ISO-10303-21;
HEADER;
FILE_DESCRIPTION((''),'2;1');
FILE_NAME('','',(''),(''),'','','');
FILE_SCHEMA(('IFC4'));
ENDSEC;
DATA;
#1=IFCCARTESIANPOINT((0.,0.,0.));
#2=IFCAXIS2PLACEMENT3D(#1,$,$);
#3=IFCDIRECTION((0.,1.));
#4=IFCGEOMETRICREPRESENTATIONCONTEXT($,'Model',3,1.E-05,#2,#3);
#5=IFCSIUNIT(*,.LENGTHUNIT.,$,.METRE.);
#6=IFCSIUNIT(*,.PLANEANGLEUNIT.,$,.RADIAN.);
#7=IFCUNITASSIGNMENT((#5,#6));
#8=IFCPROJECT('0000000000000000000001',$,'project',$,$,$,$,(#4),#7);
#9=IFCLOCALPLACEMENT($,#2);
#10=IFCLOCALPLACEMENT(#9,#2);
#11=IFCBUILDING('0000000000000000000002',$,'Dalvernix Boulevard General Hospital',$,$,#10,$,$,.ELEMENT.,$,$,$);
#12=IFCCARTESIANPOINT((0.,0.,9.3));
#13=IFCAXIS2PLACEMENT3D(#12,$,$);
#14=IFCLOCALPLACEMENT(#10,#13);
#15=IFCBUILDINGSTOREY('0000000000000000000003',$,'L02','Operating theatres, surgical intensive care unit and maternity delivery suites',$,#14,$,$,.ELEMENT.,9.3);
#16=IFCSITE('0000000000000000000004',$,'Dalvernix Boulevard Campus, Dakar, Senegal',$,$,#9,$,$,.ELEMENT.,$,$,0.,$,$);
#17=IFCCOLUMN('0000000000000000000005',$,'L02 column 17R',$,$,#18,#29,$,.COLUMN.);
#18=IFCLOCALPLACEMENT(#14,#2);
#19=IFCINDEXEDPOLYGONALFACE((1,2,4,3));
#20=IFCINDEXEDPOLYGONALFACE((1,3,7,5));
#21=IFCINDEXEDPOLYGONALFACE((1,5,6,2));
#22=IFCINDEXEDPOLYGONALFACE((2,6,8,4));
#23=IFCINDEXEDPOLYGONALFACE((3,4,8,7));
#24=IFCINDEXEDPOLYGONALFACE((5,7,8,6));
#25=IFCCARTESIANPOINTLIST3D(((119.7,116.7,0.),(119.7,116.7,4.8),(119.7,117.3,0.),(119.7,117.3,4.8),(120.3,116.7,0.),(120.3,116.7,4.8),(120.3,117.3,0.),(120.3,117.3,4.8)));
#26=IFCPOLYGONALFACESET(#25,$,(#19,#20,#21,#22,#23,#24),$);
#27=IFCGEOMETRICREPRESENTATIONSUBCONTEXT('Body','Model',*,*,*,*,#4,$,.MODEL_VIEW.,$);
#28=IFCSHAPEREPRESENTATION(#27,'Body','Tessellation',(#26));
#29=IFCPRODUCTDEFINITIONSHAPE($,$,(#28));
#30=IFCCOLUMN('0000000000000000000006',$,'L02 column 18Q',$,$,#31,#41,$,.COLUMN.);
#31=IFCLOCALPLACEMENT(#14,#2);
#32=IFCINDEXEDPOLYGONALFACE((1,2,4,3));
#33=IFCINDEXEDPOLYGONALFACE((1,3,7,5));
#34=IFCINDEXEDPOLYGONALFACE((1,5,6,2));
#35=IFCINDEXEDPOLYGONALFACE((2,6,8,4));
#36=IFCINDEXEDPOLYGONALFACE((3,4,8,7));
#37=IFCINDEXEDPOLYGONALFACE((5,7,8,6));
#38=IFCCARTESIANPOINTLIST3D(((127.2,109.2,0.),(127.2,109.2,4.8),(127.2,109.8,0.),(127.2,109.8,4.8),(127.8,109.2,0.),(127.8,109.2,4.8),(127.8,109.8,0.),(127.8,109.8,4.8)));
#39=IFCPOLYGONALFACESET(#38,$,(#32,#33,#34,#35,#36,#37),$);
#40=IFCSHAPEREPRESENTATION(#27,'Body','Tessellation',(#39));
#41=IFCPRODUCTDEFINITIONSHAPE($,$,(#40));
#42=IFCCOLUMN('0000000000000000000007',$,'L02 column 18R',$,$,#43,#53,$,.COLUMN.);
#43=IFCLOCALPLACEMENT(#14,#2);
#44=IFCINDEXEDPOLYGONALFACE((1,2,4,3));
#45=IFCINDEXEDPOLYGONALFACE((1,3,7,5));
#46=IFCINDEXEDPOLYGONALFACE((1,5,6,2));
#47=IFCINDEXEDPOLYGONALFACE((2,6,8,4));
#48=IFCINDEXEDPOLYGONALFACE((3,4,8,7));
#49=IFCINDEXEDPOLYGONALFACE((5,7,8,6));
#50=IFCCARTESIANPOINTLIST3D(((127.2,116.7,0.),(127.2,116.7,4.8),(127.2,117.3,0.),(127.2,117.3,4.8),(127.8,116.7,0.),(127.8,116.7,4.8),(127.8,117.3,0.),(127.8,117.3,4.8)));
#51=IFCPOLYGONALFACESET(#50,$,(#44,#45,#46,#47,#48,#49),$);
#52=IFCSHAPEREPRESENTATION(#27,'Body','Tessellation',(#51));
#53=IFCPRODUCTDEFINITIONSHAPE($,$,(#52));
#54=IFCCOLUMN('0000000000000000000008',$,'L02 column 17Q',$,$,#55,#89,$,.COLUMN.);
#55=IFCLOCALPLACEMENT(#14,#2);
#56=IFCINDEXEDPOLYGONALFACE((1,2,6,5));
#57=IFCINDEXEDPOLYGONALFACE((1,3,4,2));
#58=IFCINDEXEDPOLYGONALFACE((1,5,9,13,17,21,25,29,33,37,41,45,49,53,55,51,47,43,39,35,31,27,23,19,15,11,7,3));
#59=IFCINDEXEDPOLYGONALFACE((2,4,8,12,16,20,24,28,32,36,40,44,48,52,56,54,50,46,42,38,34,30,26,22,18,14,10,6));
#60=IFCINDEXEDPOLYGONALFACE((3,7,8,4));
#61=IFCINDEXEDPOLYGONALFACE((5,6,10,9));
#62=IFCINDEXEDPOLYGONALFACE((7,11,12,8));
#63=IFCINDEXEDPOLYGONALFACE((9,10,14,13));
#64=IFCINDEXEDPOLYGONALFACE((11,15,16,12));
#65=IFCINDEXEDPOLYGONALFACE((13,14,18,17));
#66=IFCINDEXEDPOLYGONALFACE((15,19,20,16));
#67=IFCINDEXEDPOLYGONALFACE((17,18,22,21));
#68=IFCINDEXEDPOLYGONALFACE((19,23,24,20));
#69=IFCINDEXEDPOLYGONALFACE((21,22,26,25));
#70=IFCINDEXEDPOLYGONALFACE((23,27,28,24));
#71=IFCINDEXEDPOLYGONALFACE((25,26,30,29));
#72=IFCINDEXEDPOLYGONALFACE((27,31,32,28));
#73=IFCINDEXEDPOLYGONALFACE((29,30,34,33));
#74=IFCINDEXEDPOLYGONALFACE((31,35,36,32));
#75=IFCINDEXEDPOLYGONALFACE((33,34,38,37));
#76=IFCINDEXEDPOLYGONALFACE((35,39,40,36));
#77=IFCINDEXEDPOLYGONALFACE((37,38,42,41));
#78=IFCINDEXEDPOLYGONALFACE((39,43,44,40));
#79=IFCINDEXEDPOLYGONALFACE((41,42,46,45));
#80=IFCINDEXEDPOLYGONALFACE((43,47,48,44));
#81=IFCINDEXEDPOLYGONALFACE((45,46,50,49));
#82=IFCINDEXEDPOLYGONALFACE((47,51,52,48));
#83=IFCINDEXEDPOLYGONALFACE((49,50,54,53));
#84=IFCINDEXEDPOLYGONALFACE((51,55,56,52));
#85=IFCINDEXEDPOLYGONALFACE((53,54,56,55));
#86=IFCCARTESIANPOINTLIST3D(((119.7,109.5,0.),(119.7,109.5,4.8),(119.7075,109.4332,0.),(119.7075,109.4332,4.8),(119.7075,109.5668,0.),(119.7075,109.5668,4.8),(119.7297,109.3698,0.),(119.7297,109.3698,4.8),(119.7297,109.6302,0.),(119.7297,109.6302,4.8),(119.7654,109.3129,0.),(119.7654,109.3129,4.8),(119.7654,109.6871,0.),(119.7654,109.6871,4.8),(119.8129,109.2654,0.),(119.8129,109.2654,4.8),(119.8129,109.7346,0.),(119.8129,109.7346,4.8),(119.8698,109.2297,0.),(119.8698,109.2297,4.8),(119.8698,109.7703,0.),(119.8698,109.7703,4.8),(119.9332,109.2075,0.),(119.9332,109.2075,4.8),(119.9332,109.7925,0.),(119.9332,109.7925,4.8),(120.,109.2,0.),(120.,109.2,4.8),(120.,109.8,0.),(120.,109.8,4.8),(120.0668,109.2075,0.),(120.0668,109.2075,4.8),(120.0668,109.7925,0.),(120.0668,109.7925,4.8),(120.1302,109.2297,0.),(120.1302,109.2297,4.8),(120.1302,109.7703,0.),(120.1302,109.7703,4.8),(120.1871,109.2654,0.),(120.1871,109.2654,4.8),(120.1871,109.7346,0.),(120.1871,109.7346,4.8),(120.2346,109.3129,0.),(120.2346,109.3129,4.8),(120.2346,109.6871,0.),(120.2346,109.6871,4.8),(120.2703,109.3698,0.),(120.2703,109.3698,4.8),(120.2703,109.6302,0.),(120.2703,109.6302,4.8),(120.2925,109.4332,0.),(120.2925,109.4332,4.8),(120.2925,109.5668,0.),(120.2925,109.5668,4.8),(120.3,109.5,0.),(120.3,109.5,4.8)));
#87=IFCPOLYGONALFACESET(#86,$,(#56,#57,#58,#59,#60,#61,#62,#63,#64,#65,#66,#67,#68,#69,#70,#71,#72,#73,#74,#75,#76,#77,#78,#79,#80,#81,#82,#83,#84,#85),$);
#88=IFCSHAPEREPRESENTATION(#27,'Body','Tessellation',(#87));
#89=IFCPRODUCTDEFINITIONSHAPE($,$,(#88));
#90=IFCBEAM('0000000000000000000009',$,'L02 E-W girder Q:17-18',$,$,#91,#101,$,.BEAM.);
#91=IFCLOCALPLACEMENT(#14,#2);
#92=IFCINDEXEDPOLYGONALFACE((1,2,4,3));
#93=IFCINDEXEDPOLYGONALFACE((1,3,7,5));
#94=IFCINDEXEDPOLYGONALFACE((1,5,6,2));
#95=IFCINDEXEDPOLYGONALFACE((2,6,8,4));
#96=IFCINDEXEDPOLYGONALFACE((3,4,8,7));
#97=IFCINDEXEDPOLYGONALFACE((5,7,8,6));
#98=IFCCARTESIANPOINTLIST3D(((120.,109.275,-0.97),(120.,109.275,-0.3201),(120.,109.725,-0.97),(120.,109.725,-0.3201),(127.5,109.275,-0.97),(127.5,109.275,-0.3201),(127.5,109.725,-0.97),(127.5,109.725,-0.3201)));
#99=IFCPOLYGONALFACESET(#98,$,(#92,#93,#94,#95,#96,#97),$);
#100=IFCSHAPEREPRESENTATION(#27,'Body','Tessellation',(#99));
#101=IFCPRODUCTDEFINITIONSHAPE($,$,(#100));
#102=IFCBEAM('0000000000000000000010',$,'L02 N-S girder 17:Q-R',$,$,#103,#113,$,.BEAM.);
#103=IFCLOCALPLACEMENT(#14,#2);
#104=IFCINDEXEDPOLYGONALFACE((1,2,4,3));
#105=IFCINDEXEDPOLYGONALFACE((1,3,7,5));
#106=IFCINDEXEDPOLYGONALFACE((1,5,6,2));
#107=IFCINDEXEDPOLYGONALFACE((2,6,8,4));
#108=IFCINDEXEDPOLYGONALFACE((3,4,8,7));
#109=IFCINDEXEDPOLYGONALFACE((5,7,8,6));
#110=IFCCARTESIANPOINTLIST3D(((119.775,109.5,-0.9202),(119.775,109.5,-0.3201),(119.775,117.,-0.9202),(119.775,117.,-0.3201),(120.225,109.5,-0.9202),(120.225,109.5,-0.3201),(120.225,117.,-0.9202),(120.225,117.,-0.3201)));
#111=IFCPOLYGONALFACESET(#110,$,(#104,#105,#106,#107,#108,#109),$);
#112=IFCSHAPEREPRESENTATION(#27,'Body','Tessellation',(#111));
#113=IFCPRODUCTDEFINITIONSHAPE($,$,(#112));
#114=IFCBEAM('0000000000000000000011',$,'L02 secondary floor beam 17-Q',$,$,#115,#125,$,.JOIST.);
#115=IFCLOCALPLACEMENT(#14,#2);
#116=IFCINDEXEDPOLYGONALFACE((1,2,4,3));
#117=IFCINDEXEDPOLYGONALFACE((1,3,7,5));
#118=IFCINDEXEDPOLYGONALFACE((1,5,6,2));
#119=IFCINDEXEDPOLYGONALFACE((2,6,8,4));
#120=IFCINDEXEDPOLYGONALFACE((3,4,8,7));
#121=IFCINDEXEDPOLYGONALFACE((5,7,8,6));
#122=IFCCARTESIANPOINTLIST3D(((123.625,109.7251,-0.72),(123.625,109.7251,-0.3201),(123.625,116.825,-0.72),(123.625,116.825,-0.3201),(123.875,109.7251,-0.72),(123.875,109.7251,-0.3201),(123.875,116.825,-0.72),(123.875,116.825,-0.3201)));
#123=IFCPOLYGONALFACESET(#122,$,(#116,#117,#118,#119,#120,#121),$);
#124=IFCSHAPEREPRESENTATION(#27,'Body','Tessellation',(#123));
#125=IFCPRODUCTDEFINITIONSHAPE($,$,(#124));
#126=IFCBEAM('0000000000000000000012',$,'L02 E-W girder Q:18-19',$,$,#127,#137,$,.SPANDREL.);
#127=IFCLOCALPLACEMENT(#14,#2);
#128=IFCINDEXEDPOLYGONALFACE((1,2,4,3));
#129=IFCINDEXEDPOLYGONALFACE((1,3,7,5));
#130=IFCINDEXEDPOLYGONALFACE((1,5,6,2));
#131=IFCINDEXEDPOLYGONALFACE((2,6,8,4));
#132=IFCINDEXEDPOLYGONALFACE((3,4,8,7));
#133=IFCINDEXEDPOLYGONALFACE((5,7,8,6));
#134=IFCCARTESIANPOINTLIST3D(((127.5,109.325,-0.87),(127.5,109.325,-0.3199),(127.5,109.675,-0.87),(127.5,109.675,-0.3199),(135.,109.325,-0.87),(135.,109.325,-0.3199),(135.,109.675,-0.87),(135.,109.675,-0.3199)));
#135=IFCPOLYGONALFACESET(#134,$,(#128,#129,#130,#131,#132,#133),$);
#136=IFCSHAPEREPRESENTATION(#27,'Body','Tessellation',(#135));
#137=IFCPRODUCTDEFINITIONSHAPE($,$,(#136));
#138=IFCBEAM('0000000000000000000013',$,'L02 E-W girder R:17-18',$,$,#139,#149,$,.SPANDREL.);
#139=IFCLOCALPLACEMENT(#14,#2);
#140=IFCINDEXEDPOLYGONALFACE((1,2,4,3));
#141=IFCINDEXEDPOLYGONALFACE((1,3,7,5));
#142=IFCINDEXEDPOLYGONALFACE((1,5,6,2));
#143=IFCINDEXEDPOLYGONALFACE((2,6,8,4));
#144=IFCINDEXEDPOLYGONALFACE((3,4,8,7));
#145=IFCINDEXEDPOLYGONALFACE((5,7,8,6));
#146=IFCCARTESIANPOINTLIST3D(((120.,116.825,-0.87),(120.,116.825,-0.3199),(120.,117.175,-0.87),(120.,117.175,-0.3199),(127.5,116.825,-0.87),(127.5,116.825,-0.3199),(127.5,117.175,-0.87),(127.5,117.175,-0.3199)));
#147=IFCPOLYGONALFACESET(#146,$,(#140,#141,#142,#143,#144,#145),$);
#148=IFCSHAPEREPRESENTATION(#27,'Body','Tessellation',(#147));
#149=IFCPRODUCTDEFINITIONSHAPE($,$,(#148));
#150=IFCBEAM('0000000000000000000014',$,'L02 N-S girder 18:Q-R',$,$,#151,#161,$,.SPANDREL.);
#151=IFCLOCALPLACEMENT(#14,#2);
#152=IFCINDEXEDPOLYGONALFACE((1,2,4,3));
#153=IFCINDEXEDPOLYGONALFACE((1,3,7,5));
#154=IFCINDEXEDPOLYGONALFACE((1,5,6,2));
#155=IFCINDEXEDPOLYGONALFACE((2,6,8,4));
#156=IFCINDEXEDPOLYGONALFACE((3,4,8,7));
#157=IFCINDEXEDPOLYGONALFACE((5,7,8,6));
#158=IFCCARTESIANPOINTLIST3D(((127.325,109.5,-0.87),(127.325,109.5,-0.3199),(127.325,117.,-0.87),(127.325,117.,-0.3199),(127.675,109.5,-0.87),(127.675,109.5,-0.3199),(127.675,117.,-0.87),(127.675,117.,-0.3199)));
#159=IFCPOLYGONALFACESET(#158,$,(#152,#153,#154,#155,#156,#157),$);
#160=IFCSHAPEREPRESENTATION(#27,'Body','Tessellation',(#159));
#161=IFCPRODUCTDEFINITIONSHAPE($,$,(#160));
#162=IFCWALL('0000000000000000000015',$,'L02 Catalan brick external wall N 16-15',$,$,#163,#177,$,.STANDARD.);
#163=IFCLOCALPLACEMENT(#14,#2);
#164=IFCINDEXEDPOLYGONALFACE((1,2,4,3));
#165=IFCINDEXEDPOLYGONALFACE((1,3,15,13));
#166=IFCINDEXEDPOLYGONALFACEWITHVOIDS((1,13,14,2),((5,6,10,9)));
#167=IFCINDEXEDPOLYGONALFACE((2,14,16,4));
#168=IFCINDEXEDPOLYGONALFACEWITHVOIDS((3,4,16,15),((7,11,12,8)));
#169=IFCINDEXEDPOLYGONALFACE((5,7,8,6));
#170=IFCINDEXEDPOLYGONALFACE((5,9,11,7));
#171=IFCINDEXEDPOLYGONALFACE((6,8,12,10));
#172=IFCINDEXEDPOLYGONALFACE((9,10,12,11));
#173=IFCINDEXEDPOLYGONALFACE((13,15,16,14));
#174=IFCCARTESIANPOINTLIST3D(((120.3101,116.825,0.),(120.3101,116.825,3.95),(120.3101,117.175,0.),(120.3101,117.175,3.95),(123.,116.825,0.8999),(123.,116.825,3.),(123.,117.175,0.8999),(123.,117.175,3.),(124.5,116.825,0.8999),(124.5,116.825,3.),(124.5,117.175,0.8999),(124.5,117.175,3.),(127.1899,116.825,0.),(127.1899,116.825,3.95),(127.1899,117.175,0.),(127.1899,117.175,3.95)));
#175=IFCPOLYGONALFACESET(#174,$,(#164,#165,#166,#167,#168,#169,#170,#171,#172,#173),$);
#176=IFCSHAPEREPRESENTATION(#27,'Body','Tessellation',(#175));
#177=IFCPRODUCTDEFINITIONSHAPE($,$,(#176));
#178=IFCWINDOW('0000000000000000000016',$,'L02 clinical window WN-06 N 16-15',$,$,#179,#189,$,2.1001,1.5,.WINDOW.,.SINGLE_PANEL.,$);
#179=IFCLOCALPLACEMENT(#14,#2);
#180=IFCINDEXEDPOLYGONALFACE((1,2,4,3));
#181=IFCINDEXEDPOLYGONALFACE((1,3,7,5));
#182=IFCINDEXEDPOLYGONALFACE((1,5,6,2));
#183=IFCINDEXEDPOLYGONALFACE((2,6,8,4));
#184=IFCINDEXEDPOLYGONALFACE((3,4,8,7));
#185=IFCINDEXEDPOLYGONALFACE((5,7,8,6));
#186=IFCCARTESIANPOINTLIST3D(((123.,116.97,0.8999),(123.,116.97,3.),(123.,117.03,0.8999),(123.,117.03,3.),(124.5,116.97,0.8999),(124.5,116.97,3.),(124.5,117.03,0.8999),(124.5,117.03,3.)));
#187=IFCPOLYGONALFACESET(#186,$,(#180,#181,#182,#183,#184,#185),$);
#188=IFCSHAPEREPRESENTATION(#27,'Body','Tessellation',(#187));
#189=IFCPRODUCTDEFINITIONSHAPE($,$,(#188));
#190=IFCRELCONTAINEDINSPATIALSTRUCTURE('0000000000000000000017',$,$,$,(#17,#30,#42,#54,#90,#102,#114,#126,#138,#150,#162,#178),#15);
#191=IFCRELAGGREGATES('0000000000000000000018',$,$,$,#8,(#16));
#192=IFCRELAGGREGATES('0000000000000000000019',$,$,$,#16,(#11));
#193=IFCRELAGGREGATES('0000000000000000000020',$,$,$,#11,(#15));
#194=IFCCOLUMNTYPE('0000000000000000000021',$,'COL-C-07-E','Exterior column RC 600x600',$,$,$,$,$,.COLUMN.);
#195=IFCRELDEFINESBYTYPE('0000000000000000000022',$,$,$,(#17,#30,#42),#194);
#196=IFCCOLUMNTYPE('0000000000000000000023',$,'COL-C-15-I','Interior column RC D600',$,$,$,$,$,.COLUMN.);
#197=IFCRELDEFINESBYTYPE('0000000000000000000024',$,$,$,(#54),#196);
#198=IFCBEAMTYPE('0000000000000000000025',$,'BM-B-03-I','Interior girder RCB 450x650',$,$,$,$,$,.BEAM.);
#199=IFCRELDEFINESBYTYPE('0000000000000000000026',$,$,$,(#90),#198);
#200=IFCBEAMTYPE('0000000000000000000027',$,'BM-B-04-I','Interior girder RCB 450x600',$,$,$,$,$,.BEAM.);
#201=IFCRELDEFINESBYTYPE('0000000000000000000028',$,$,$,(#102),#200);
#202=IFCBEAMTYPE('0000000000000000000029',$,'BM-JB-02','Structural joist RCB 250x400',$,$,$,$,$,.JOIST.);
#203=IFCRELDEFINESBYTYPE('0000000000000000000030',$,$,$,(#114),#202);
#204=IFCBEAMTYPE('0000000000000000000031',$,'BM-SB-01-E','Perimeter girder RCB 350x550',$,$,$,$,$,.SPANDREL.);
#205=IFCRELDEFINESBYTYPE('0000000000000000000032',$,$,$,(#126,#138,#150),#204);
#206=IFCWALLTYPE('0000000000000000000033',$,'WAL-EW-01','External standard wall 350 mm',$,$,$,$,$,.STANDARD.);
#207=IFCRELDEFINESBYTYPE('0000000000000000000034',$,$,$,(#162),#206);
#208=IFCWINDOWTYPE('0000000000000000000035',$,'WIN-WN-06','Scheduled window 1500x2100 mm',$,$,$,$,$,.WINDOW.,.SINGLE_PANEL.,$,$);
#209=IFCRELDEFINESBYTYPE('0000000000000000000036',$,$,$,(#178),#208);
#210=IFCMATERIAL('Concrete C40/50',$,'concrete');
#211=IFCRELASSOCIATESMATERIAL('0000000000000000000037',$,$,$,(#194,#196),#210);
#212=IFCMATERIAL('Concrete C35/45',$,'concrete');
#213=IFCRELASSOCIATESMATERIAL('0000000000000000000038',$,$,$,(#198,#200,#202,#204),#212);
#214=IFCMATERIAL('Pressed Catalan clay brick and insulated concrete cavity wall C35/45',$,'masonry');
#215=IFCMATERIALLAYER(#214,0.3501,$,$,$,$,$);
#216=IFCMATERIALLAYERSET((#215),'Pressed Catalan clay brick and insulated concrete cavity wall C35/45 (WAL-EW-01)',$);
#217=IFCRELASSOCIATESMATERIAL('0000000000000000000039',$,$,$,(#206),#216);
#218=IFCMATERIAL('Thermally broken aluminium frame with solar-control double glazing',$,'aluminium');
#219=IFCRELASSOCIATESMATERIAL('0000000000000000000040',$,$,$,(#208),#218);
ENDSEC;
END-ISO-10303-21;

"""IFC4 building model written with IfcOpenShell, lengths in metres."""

from ifc_helpers import new_model, si_unit, direction, frame, frame_2d, origin, origin_2d, place, context, subcontext, project, spatial, rectangle, circle, extrude, material, layer, layer_set, material_profile, profile_set, type_object, element, fill, save


model = new_model("IFC4")

# Units and contexts
model_context = context("Model", 3, precision=1e-05, world=origin(), true_north=direction((0.0, 1.0)))
body_context = subcontext(model_context, "Body", "Model", "MODEL_VIEW")
ifc_project = project(units=[si_unit("LENGTHUNIT", "METRE"), si_unit("PLANEANGLEUNIT", "RADIAN")], contexts=[model_context])

# Site, building, storey
site_placement = place(None, origin())
site = spatial("IfcSite", under=ifc_project, at=site_placement, Name="Dalvernix Boulevard Campus, Dakar, Senegal", CompositionType="ELEMENT", RefElevation=0.0)
building_placement = place(site_placement, origin())
building = spatial("IfcBuilding", under=site, at=building_placement, Name="Dalvernix Boulevard General Hospital", CompositionType="ELEMENT")
storey_placement = place(building_placement, frame((0.0, 0.0, 9.3)))
storey = spatial("IfcBuildingStorey", under=building, at=storey_placement, Name="L02", Description="Operating theatres, surgical intensive care unit and maternity delivery suites", CompositionType="ELEMENT", Elevation=9.3)

# Columns
ifc_material_1 = material(Name="Concrete C40/50", Category="concrete")
ifc_material_profile_1 = material_profile(ifc_material_1, rectangle(XDim=0.6001, YDim=0.6001, at=origin_2d()), Name="RC 600x600")
ifc_profile_set_1 = profile_set([ifc_material_profile_1], Name="Concrete C40/50")
column_type_1 = type_object("IfcColumnType", Name="COL-C-07-E", Description="Exterior column RC 600x600", PredefinedType="COLUMN", material=ifc_profile_set_1)
for number, where, z_axis, x_axis, name in (
    (1, (120.0, 117.0, 0.0), (0.0, 0.0, 1.0), (1.0, 0.0, 0.0), "L02 column 17R"),
    (2, (127.5, 109.5, 0.0), (0.0, 0.0, 1.0), (1.0, 0.0, 0.0), "L02 column 18Q"),
    (3, (127.5, 117.0, 0.0), (0.0, 0.0, 1.0), (1.0, 0.0, 0.0), "L02 column 18R"),
):
    element("IfcColumn", number, at=place(storey_placement, frame(where, z_axis=z_axis, x_axis=x_axis)), inside=storey, type_object=column_type_1, Name=name, PredefinedType="COLUMN", context=body_context, shape_type="SweptSolid", body=[
        extrude(rectangle(XDim=0.6001, YDim=0.6001, at=origin_2d()), origin(), (0.0, 0.0, 1.0), 4.8),
    ])
ifc_material_profile_2 = material_profile(ifc_material_1, circle(Radius=0.3, at=origin_2d()), Name="RC D600")
ifc_profile_set_2 = profile_set([ifc_material_profile_2], Name="Concrete C40/50")
column_type_2 = type_object("IfcColumnType", Name="COL-C-15-I", Description="Interior column RC D600", PredefinedType="COLUMN", material=ifc_profile_set_2)
column_placement = place(storey_placement, frame((120.0, 109.5, 0.0), z_axis=(0.0, 0.0, 1.0), x_axis=(1.0, 0.0, 0.0)))
element("IfcColumn", 4, at=column_placement, inside=storey, type_object=column_type_2, Name="L02 column 17Q", PredefinedType="COLUMN", context=body_context, shape_type="SweptSolid", body=[
    extrude(circle(Radius=0.3, at=origin_2d()), origin(), (0.0, 0.0, 1.0), 4.8),
])

# Beams
ifc_material_2 = material(Name="Concrete C35/45", Category="concrete")
ifc_material_profile_3 = material_profile(ifc_material_2, rectangle(XDim=0.45, YDim=0.6499, at=origin_2d()), Name="RCB 450x650")
ifc_profile_set_3 = profile_set([ifc_material_profile_3], Name="Concrete C35/45")
beam_type_1 = type_object("IfcBeamType", Name="BM-B-03-I", Description="Interior girder RCB 450x650", PredefinedType="BEAM", material=ifc_profile_set_3)
beam_1_placement = place(storey_placement, frame((120.0, 109.5, -0.645), z_axis=(1.0, 0.0, 0.0), x_axis=(0.0, 1.0, 0.0)))
element("IfcBeam", 5, at=beam_1_placement, inside=storey, type_object=beam_type_1, Name="L02 E-W girder Q:17-18", PredefinedType="BEAM", context=body_context, shape_type="SweptSolid", body=[
    extrude(rectangle(XDim=0.45, YDim=0.6499, at=origin_2d()), origin(), (0.0, 0.0, 1.0), 7.5),
])
ifc_material_profile_4 = material_profile(ifc_material_2, rectangle(XDim=0.45, YDim=0.6001, at=origin_2d()), Name="RCB 450x600")
ifc_profile_set_4 = profile_set([ifc_material_profile_4], Name="Concrete C35/45")
beam_type_2 = type_object("IfcBeamType", Name="BM-B-04-I", Description="Interior girder RCB 450x600", PredefinedType="BEAM", material=ifc_profile_set_4)
beam_2_placement = place(storey_placement, frame((120.0, 109.5, -0.6201), z_axis=(0.0, 1.0, 0.0), x_axis=(-1.0, 0.0, 0.0)))
element("IfcBeam", 6, at=beam_2_placement, inside=storey, type_object=beam_type_2, Name="L02 N-S girder 17:Q-R", PredefinedType="BEAM", context=body_context, shape_type="SweptSolid", body=[
    extrude(rectangle(XDim=0.45, YDim=0.6001, at=origin_2d()), origin(), (0.0, 0.0, 1.0), 7.5),
])
ifc_material_profile_5 = material_profile(ifc_material_2, rectangle(XDim=0.25, YDim=0.3999, at=origin_2d()), Name="RCB 250x400")
ifc_profile_set_5 = profile_set([ifc_material_profile_5], Name="Concrete C35/45")
beam_type_3 = type_object("IfcBeamType", Name="BM-JB-02", Description="Structural joist RCB 250x400", PredefinedType="JOIST", material=ifc_profile_set_5)
beam_3_placement = place(storey_placement, frame((123.75, 109.7251, -0.52), z_axis=(0.0, 1.0, 0.0), x_axis=(-1.0, 0.0, 0.0)))
element("IfcBeam", 7, at=beam_3_placement, inside=storey, type_object=beam_type_3, Name="L02 secondary floor beam 17-Q", PredefinedType="JOIST", context=body_context, shape_type="SweptSolid", body=[
    extrude(rectangle(XDim=0.25, YDim=0.3999, at=origin_2d()), origin(), (0.0, 0.0, 1.0), 7.0999),
])
ifc_material_profile_6 = material_profile(ifc_material_2, rectangle(XDim=0.3501, YDim=0.55, at=origin_2d()), Name="RCB 350x550")
ifc_profile_set_6 = profile_set([ifc_material_profile_6], Name="Concrete C35/45")
beam_type_4 = type_object("IfcBeamType", Name="BM-SB-01-E", Description="Perimeter girder RCB 350x550", PredefinedType="SPANDREL", material=ifc_profile_set_6)
for number, where, z_axis, x_axis, name in (
    (8, (127.5, 109.5, -0.595), (1.0, 0.0, 0.0), (0.0, 1.0, 0.0), "L02 E-W girder Q:18-19"),
    (9, (120.0, 117.0, -0.595), (1.0, 0.0, 0.0), (0.0, 1.0, 0.0), "L02 E-W girder R:17-18"),
    (10, (127.5, 109.5, -0.595), (0.0, 1.0, 0.0), (-1.0, 0.0, 0.0), "L02 N-S girder 18:Q-R"),
):
    element("IfcBeam", number, at=place(storey_placement, frame(where, z_axis=z_axis, x_axis=x_axis)), inside=storey, type_object=beam_type_4, Name=name, PredefinedType="SPANDREL", context=body_context, shape_type="SweptSolid", body=[
        extrude(rectangle(XDim=0.3501, YDim=0.55, at=origin_2d()), origin(), (0.0, 0.0, 1.0), 7.5),
    ])

# Wall, opening, window
ifc_material_3 = material(Name="Pressed Catalan clay brick and insulated concrete cavity wall C35/45", Category="masonry")
ifc_layer_1 = layer(ifc_material_3, 0.3501)
ifc_layer_set_1 = layer_set([ifc_layer_1], Name="Pressed Catalan clay brick and insulated concrete cavity wall C35/45 (WAL-EW-01)")
wall_type_1 = type_object("IfcWallType", Name="WAL-EW-01", Description="External standard wall 350 mm", PredefinedType="STANDARD", material=ifc_layer_set_1)
wall_1_placement = place(storey_placement, frame((120.3101, 117.0, 0.0), z_axis=(0.0, 0.0, 1.0), x_axis=(1.0, 0.0, 0.0)))
wall_1 = element("IfcWall", 11, at=wall_1_placement, inside=storey, type_object=wall_type_1, Name="L02 Catalan brick external wall N 16-15", PredefinedType="STANDARD", context=body_context, shape_type="SweptSolid", body=[
    extrude(rectangle(XDim=6.8799, YDim=0.3501, at=frame_2d((3.4399, 0.0))), origin(), (0.0, 0.0, 1.0), 3.95),
])
opening_1_placement = place(wall_1_placement, frame((2.6899, 0.0, 0.8999)))
opening_1 = element("IfcOpeningElement", 12, at=opening_1_placement, cuts=wall_1, PredefinedType="OPENING", context=body_context, shape_type="SweptSolid", body=[
    extrude(rectangle(XDim=1.5, YDim=2.1001, at=frame_2d((0.75, 1.05))), frame((0.0, 0.1851, 0.0), z_axis=(0.0, -1.0, 0.0), x_axis=(1.0, 0.0, 0.0)), (0.0, 0.0, 1.0), 0.3701),
])
ifc_material_4 = material(Name="Thermally broken aluminium frame with solar-control double glazing", Category="aluminium")
window_type = type_object("IfcWindowType", Name="WIN-WN-06", Description="Scheduled window 1500x2100 mm", PartitioningType="SINGLE_PANEL", PredefinedType="WINDOW", material=ifc_material_4)
window_1_placement = place(opening_1_placement, origin())
window_1 = element("IfcWindow", 13, at=window_1_placement, inside=storey, type_object=window_type, Name="L02 clinical window WN-06 N 16-15", OverallHeight=2.1001, OverallWidth=1.5, PartitioningType="SINGLE_PANEL", PredefinedType="WINDOW", context=body_context, shape_type="SweptSolid", body=[
    extrude(rectangle(XDim=1.5, YDim=2.1001, at=frame_2d((0.75, 1.05))), frame((0.0, 0.03, 0.0), z_axis=(0.0, -1.0, 0.0), x_axis=(1.0, 0.0, 0.0)), (0.0, 0.0, 1.0), 0.0601),
])
fill(opening_1, window_1)

save(model, "model.ifc")
